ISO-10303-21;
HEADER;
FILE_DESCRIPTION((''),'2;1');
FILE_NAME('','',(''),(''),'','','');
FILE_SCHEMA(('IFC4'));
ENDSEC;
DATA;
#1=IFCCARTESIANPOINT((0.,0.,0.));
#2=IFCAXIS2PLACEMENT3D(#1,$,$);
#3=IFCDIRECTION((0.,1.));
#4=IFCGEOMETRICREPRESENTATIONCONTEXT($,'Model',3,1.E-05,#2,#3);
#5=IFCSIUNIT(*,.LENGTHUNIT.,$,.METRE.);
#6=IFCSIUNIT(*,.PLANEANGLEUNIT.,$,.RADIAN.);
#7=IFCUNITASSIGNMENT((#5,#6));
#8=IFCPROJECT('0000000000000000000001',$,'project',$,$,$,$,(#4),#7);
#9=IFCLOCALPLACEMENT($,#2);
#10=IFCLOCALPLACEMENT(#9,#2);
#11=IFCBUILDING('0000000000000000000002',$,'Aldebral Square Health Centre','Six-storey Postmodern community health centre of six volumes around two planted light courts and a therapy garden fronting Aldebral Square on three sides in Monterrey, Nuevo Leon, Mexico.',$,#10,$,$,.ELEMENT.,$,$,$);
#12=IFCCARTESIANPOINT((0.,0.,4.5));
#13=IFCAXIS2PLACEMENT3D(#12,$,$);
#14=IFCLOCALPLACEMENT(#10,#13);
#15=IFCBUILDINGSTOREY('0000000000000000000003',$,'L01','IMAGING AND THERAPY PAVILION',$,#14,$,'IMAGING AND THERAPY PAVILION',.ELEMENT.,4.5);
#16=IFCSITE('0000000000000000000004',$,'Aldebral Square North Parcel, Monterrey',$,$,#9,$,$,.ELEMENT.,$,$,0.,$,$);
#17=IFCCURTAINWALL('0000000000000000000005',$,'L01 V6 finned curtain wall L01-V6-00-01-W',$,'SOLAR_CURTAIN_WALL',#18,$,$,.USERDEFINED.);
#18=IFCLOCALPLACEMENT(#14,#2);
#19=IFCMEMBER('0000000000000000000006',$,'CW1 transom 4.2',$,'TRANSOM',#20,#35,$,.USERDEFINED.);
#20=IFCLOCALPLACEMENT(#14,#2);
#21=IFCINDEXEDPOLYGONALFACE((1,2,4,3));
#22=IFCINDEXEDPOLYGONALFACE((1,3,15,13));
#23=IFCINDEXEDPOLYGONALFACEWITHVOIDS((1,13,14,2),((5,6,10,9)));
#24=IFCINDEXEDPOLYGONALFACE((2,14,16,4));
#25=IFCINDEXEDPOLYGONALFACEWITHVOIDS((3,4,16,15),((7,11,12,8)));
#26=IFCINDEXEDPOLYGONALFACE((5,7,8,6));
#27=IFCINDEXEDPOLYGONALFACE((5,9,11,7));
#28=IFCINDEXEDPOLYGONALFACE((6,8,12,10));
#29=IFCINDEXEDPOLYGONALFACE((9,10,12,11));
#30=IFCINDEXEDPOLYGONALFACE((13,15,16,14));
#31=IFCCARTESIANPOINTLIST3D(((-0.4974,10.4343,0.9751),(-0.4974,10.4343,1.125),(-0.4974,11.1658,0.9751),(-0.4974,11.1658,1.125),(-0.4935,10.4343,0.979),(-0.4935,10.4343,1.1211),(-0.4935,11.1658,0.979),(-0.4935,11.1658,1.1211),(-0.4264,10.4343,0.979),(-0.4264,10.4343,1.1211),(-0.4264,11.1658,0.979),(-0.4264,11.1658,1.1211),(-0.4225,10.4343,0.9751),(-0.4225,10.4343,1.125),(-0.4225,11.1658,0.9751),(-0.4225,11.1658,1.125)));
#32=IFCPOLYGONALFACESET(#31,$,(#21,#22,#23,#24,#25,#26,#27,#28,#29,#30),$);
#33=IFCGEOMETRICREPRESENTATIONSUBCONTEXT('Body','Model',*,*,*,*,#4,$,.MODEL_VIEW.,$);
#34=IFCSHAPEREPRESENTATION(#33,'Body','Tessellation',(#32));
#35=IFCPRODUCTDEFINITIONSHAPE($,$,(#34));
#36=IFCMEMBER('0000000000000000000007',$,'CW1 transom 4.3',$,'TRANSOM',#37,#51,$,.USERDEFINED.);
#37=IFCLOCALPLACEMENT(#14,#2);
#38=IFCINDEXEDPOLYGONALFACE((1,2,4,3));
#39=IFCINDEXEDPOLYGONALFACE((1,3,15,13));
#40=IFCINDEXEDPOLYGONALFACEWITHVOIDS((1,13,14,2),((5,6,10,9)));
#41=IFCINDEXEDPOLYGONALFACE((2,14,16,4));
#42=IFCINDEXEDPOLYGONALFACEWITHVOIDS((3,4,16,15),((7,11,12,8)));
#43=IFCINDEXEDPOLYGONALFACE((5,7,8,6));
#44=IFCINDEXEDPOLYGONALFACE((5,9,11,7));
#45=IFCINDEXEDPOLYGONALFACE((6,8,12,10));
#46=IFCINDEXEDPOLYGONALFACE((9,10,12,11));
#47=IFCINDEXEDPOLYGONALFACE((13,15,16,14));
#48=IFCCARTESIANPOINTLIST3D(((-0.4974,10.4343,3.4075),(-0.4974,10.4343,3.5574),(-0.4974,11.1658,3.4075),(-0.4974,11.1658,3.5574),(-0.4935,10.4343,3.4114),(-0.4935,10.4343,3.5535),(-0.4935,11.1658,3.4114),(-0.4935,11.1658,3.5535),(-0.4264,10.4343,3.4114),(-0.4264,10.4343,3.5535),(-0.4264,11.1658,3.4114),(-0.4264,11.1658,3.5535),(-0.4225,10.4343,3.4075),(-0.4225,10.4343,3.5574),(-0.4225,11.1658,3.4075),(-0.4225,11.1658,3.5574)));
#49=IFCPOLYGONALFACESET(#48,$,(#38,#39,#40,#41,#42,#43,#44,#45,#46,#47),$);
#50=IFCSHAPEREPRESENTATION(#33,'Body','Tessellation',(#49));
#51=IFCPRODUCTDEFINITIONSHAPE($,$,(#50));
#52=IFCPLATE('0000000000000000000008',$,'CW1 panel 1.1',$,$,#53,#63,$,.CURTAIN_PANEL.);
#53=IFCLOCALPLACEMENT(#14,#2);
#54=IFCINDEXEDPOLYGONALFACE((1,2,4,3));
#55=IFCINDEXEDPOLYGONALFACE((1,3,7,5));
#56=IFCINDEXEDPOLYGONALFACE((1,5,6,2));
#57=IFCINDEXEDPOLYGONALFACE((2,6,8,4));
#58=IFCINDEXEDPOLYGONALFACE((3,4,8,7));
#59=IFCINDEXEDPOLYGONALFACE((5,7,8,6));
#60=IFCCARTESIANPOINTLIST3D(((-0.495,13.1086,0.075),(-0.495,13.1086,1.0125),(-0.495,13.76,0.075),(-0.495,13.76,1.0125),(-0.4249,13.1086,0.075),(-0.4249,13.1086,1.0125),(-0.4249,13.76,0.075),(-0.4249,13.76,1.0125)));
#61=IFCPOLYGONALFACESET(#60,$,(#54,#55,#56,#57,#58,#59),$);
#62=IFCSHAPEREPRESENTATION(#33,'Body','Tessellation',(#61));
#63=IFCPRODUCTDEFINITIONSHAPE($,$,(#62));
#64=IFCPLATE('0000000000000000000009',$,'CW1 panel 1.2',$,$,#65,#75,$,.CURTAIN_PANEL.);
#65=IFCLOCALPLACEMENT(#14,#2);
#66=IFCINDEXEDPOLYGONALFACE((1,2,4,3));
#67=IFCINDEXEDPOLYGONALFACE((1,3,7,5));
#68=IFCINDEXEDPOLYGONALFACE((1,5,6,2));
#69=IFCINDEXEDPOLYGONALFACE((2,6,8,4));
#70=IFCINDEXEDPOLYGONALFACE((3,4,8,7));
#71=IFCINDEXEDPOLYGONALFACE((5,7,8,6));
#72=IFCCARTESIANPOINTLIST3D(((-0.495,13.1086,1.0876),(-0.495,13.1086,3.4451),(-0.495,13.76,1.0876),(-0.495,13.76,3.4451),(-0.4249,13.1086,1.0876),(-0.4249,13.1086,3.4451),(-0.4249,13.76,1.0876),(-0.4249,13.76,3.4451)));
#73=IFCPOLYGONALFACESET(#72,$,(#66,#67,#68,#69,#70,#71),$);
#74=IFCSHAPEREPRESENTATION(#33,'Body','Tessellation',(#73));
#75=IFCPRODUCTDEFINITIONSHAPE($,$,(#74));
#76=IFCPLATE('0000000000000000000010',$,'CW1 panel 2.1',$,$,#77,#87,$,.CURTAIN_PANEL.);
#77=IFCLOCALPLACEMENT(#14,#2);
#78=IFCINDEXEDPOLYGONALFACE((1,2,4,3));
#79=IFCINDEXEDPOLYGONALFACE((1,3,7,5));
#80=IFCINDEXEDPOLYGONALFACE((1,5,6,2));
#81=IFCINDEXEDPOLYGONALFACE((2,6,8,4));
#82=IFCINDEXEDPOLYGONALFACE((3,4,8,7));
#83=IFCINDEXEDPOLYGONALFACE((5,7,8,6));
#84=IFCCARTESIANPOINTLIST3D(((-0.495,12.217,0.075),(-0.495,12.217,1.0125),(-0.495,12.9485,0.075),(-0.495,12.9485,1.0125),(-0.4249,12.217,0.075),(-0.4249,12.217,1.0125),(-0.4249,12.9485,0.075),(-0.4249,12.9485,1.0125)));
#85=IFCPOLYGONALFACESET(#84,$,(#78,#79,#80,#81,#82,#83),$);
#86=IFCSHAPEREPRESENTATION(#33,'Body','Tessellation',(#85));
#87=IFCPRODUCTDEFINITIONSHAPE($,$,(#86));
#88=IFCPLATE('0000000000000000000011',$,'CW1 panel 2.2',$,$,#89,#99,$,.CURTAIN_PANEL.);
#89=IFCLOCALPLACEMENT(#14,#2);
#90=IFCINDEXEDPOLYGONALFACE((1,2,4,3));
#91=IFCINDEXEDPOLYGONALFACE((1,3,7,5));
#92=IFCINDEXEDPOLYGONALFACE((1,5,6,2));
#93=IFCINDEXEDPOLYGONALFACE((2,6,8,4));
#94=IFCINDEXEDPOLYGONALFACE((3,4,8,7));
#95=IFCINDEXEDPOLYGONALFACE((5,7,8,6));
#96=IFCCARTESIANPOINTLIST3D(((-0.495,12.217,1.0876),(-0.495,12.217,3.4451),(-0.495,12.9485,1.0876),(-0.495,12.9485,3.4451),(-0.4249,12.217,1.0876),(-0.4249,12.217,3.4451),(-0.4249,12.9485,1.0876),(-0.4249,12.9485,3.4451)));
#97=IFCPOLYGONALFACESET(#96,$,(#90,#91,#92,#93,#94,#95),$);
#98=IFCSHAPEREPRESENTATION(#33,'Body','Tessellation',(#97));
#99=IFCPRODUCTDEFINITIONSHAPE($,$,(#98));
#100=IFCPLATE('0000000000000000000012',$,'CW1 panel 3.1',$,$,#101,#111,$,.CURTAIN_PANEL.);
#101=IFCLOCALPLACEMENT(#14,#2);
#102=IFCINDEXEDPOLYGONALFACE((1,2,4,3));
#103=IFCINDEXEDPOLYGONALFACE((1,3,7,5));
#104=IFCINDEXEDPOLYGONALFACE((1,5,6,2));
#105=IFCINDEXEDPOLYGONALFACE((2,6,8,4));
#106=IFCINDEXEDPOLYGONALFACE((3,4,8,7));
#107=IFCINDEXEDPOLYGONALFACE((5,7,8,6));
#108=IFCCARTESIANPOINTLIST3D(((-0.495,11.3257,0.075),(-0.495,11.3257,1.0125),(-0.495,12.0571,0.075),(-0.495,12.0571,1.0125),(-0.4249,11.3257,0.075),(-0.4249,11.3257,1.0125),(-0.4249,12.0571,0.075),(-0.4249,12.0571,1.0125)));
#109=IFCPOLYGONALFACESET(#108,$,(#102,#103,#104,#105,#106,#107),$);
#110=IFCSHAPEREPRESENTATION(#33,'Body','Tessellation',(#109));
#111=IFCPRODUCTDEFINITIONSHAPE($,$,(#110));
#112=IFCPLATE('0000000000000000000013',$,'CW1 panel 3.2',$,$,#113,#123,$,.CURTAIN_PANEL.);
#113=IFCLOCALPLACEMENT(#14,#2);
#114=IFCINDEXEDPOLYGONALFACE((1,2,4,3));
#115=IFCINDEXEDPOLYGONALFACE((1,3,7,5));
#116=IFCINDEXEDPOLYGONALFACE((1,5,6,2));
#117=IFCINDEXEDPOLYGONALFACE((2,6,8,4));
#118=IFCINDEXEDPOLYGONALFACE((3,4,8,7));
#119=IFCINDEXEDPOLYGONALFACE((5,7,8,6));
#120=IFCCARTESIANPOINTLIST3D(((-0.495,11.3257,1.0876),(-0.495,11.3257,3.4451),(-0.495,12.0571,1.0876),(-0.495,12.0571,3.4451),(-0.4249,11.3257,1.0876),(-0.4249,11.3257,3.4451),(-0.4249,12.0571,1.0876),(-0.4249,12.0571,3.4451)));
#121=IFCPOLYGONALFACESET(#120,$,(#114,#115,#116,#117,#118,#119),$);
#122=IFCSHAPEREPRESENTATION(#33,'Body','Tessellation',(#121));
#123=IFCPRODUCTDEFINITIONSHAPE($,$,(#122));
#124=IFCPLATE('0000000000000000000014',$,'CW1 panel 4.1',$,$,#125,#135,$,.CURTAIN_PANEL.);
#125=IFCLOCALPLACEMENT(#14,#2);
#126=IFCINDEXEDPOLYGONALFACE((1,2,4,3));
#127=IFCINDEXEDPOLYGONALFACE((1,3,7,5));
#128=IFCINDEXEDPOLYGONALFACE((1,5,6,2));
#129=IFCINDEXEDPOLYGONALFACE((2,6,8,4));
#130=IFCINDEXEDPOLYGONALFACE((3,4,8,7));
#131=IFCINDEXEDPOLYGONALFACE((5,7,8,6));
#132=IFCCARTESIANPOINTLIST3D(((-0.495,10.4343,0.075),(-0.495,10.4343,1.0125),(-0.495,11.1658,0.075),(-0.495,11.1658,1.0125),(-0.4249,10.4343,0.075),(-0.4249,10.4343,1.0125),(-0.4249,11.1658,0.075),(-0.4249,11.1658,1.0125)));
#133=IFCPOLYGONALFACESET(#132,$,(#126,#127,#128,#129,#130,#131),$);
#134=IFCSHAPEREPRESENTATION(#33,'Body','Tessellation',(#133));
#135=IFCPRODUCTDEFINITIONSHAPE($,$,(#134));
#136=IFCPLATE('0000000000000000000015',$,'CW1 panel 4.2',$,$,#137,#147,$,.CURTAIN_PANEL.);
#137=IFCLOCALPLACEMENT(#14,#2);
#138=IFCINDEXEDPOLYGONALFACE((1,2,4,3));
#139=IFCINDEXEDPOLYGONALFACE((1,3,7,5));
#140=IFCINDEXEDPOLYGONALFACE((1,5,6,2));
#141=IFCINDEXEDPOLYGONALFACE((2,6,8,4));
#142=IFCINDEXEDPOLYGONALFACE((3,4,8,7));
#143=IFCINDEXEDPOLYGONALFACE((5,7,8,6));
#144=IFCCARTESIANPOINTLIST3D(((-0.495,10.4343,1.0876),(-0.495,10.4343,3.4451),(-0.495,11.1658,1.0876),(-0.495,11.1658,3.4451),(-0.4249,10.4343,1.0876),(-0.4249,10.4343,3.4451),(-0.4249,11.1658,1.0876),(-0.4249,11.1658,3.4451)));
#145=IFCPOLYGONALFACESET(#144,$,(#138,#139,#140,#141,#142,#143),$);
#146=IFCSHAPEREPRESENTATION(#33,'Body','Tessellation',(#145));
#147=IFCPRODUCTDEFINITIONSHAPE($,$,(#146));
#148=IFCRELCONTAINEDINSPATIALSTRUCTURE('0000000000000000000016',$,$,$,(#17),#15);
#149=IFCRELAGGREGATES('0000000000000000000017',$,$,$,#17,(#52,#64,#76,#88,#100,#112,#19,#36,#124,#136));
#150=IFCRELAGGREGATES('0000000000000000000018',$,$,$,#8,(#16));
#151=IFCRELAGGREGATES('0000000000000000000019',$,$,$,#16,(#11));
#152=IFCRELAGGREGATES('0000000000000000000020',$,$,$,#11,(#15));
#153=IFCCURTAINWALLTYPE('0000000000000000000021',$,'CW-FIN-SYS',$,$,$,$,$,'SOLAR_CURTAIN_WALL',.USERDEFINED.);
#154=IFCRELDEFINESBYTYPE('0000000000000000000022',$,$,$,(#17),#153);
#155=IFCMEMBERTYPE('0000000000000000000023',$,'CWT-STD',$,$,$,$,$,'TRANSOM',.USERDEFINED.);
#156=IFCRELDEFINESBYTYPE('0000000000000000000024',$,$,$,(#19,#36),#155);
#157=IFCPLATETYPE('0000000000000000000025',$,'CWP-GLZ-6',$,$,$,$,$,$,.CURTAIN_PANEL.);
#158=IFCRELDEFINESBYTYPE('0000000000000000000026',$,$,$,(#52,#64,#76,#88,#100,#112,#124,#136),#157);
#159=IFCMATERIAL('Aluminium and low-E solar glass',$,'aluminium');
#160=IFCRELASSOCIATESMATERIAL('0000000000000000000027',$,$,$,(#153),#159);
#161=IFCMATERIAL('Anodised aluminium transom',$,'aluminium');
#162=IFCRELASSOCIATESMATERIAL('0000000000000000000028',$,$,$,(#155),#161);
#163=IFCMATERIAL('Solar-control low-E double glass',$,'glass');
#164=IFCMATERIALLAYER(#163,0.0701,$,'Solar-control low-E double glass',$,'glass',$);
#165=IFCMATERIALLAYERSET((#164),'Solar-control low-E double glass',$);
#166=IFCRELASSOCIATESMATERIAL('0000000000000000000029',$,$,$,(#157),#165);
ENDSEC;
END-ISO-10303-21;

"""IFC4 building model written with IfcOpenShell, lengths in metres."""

from ifc_helpers import new_model, si_unit, direction, frame, origin, origin_2d, place, context, subcontext, project, spatial, rectangle, hollow_rectangle, extrude, material, layer, layer_set, material_profile, profile_set, type_object, element, aggregate, save


model = new_model("IFC4")

# Units and contexts
model_context = context("Model", 3, precision=1e-05, world=origin(), true_north=direction((0.0, 1.0)))
body_context = subcontext(model_context, "Body", "Model", "MODEL_VIEW")
ifc_project = project(units=[si_unit("LENGTHUNIT", "METRE"), si_unit("PLANEANGLEUNIT", "RADIAN")], contexts=[model_context])

# Site, building, storey
site_placement = place(None, origin())
site = spatial("IfcSite", under=ifc_project, at=site_placement, Name="Aldebral Square North Parcel, Monterrey", CompositionType="ELEMENT", RefElevation=0.0)
building_placement = place(site_placement, origin())
building = spatial("IfcBuilding", under=site, at=building_placement, Name="Aldebral Square Health Centre", Description="Six-storey Postmodern community health centre of six volumes around two planted light courts and a therapy garden fronting Aldebral Square on three sides in Monterrey, Nuevo Leon, Mexico.", CompositionType="ELEMENT")
storey_placement = place(building_placement, frame((0.0, 0.0, 4.5)))
storey = spatial("IfcBuildingStorey", under=building, at=storey_placement, Name="L01", Description="IMAGING AND THERAPY PAVILION", LongName="IMAGING AND THERAPY PAVILION", CompositionType="ELEMENT", Elevation=4.5)

# Curtain wall, members, plates
ifc_material_1 = material(Name="Aluminium and low-E solar glass", Category="aluminium")
curtain_wall_type = type_object("IfcCurtainWallType", Name="CW-FIN-SYS", ElementType="SOLAR_CURTAIN_WALL", PredefinedType="USERDEFINED", material=ifc_material_1)
curtain_wall_placement = place(storey_placement, origin())
curtain_wall = element("IfcCurtainWall", 1, at=curtain_wall_placement, inside=storey, type_object=curtain_wall_type, Name="L01 V6 finned curtain wall L01-V6-00-01-W", ObjectType="SOLAR_CURTAIN_WALL", PredefinedType="USERDEFINED")
ifc_material_2 = material(Name="Anodised aluminium transom", Category="aluminium")
ifc_material_profile_1 = material_profile(ifc_material_2, hollow_rectangle(XDim=0.075, YDim=0.1499, WallThickness=0.0039, at=origin_2d()), Name="CWT 75x150x4")
ifc_profile_set_1 = profile_set([ifc_material_profile_1], Name="Anodised aluminium transom")
member_type_1 = type_object("IfcMemberType", Name="CWT-STD", ElementType="TRANSOM", PredefinedType="USERDEFINED", material=ifc_profile_set_1)
member_1_placement = place(storey_placement, frame((-0.46, 11.1658, 1.05), z_axis=(0.0, -1.0, 0.0), x_axis=(1.0, 0.0, 0.0)))
member_1 = element("IfcMember", 2, at=member_1_placement, type_object=member_type_1, Name="CW1 transom 4.2", ObjectType="TRANSOM", PredefinedType="USERDEFINED", context=body_context, shape_type="SweptSolid", body=[
    extrude(hollow_rectangle(XDim=0.075, YDim=0.1499, WallThickness=0.0039, at=origin_2d()), origin(), (0.0, 0.0, 1.0), 0.7314),
])
member_2_placement = place(storey_placement, frame((-0.46, 11.1658, 3.4824), z_axis=(0.0, -1.0, 0.0), x_axis=(1.0, 0.0, 0.0)))
member_2 = element("IfcMember", 3, at=member_2_placement, type_object=member_type_1, Name="CW1 transom 4.3", ObjectType="TRANSOM", PredefinedType="USERDEFINED", context=body_context, shape_type="SweptSolid", body=[
    extrude(hollow_rectangle(XDim=0.075, YDim=0.1499, WallThickness=0.0039, at=origin_2d()), origin(), (0.0, 0.0, 1.0), 0.7314),
])
ifc_material_3 = material(Name="Solar-control low-E double glass", Category="glass")
ifc_layer = layer(ifc_material_3, 0.0701, Name="Solar-control low-E double glass", Category="glass")
ifc_layer_set = layer_set([ifc_layer], Name="Solar-control low-E double glass")
plate_type = type_object("IfcPlateType", Name="CWP-GLZ-6", PredefinedType="CURTAIN_PANEL", material=ifc_layer_set)
plate_1_placement = place(storey_placement, frame((-0.46, 13.4343, 0.075), z_axis=(0.0, 0.0, 1.0), x_axis=(0.0, -1.0, 0.0)))
plate_1 = element("IfcPlate", 4, at=plate_1_placement, type_object=plate_type, Name="CW1 panel 1.1", PredefinedType="CURTAIN_PANEL", context=body_context, shape_type="SweptSolid", body=[
    extrude(rectangle(XDim=0.6514, YDim=0.0701, at=origin_2d()), origin(), (0.0, 0.0, 1.0), 0.9375),
])
plate_2_placement = place(storey_placement, frame((-0.46, 13.4343, 1.0876), z_axis=(0.0, 0.0, 1.0), x_axis=(0.0, -1.0, 0.0)))
plate_2 = element("IfcPlate", 5, at=plate_2_placement, type_object=plate_type, Name="CW1 panel 1.2", PredefinedType="CURTAIN_PANEL", context=body_context, shape_type="SweptSolid", body=[
    extrude(rectangle(XDim=0.6514, YDim=0.0701, at=origin_2d()), origin(), (0.0, 0.0, 1.0), 2.3574),
])
plate_3_placement = place(storey_placement, frame((-0.46, 12.5828, 0.075), z_axis=(0.0, 0.0, 1.0), x_axis=(0.0, -1.0, 0.0)))
plate_3 = element("IfcPlate", 6, at=plate_3_placement, type_object=plate_type, Name="CW1 panel 2.1", PredefinedType="CURTAIN_PANEL", context=body_context, shape_type="SweptSolid", body=[
    extrude(rectangle(XDim=0.7314, YDim=0.0701, at=origin_2d()), origin(), (0.0, 0.0, 1.0), 0.9375),
])
plate_4_placement = place(storey_placement, frame((-0.46, 12.5828, 1.0876), z_axis=(0.0, 0.0, 1.0), x_axis=(0.0, -1.0, 0.0)))
plate_4 = element("IfcPlate", 7, at=plate_4_placement, type_object=plate_type, Name="CW1 panel 2.2", PredefinedType="CURTAIN_PANEL", context=body_context, shape_type="SweptSolid", body=[
    extrude(rectangle(XDim=0.7314, YDim=0.0701, at=origin_2d()), origin(), (0.0, 0.0, 1.0), 2.3574),
])
plate_5_placement = place(storey_placement, frame((-0.46, 11.6914, 0.075), z_axis=(0.0, 0.0, 1.0), x_axis=(0.0, -1.0, 0.0)))
plate_5 = element("IfcPlate", 8, at=plate_5_placement, type_object=plate_type, Name="CW1 panel 3.1", PredefinedType="CURTAIN_PANEL", context=body_context, shape_type="SweptSolid", body=[
    extrude(rectangle(XDim=0.7314, YDim=0.0701, at=origin_2d()), origin(), (0.0, 0.0, 1.0), 0.9375),
])
plate_6_placement = place(storey_placement, frame((-0.46, 11.6914, 1.0876), z_axis=(0.0, 0.0, 1.0), x_axis=(0.0, -1.0, 0.0)))
plate_6 = element("IfcPlate", 9, at=plate_6_placement, type_object=plate_type, Name="CW1 panel 3.2", PredefinedType="CURTAIN_PANEL", context=body_context, shape_type="SweptSolid", body=[
    extrude(rectangle(XDim=0.7314, YDim=0.0701, at=origin_2d()), origin(), (0.0, 0.0, 1.0), 2.3574),
])
plate_7_placement = place(storey_placement, frame((-0.46, 10.8, 0.075), z_axis=(0.0, 0.0, 1.0), x_axis=(0.0, -1.0, 0.0)))
plate_7 = element("IfcPlate", 10, at=plate_7_placement, type_object=plate_type, Name="CW1 panel 4.1", PredefinedType="CURTAIN_PANEL", context=body_context, shape_type="SweptSolid", body=[
    extrude(rectangle(XDim=0.7314, YDim=0.0701, at=origin_2d()), origin(), (0.0, 0.0, 1.0), 0.9375),
])
plate_8_placement = place(storey_placement, frame((-0.46, 10.8, 1.0876), z_axis=(0.0, 0.0, 1.0), x_axis=(0.0, -1.0, 0.0)))
plate_8 = element("IfcPlate", 11, at=plate_8_placement, type_object=plate_type, Name="CW1 panel 4.2", PredefinedType="CURTAIN_PANEL", context=body_context, shape_type="SweptSolid", body=[
    extrude(rectangle(XDim=0.7314, YDim=0.0701, at=origin_2d()), origin(), (0.0, 0.0, 1.0), 2.3574),
])
aggregate(curtain_wall, [plate_1, plate_2, plate_3, plate_4, plate_5, plate_6, member_1, member_2, plate_7, plate_8])

save(model, "model.ifc")
